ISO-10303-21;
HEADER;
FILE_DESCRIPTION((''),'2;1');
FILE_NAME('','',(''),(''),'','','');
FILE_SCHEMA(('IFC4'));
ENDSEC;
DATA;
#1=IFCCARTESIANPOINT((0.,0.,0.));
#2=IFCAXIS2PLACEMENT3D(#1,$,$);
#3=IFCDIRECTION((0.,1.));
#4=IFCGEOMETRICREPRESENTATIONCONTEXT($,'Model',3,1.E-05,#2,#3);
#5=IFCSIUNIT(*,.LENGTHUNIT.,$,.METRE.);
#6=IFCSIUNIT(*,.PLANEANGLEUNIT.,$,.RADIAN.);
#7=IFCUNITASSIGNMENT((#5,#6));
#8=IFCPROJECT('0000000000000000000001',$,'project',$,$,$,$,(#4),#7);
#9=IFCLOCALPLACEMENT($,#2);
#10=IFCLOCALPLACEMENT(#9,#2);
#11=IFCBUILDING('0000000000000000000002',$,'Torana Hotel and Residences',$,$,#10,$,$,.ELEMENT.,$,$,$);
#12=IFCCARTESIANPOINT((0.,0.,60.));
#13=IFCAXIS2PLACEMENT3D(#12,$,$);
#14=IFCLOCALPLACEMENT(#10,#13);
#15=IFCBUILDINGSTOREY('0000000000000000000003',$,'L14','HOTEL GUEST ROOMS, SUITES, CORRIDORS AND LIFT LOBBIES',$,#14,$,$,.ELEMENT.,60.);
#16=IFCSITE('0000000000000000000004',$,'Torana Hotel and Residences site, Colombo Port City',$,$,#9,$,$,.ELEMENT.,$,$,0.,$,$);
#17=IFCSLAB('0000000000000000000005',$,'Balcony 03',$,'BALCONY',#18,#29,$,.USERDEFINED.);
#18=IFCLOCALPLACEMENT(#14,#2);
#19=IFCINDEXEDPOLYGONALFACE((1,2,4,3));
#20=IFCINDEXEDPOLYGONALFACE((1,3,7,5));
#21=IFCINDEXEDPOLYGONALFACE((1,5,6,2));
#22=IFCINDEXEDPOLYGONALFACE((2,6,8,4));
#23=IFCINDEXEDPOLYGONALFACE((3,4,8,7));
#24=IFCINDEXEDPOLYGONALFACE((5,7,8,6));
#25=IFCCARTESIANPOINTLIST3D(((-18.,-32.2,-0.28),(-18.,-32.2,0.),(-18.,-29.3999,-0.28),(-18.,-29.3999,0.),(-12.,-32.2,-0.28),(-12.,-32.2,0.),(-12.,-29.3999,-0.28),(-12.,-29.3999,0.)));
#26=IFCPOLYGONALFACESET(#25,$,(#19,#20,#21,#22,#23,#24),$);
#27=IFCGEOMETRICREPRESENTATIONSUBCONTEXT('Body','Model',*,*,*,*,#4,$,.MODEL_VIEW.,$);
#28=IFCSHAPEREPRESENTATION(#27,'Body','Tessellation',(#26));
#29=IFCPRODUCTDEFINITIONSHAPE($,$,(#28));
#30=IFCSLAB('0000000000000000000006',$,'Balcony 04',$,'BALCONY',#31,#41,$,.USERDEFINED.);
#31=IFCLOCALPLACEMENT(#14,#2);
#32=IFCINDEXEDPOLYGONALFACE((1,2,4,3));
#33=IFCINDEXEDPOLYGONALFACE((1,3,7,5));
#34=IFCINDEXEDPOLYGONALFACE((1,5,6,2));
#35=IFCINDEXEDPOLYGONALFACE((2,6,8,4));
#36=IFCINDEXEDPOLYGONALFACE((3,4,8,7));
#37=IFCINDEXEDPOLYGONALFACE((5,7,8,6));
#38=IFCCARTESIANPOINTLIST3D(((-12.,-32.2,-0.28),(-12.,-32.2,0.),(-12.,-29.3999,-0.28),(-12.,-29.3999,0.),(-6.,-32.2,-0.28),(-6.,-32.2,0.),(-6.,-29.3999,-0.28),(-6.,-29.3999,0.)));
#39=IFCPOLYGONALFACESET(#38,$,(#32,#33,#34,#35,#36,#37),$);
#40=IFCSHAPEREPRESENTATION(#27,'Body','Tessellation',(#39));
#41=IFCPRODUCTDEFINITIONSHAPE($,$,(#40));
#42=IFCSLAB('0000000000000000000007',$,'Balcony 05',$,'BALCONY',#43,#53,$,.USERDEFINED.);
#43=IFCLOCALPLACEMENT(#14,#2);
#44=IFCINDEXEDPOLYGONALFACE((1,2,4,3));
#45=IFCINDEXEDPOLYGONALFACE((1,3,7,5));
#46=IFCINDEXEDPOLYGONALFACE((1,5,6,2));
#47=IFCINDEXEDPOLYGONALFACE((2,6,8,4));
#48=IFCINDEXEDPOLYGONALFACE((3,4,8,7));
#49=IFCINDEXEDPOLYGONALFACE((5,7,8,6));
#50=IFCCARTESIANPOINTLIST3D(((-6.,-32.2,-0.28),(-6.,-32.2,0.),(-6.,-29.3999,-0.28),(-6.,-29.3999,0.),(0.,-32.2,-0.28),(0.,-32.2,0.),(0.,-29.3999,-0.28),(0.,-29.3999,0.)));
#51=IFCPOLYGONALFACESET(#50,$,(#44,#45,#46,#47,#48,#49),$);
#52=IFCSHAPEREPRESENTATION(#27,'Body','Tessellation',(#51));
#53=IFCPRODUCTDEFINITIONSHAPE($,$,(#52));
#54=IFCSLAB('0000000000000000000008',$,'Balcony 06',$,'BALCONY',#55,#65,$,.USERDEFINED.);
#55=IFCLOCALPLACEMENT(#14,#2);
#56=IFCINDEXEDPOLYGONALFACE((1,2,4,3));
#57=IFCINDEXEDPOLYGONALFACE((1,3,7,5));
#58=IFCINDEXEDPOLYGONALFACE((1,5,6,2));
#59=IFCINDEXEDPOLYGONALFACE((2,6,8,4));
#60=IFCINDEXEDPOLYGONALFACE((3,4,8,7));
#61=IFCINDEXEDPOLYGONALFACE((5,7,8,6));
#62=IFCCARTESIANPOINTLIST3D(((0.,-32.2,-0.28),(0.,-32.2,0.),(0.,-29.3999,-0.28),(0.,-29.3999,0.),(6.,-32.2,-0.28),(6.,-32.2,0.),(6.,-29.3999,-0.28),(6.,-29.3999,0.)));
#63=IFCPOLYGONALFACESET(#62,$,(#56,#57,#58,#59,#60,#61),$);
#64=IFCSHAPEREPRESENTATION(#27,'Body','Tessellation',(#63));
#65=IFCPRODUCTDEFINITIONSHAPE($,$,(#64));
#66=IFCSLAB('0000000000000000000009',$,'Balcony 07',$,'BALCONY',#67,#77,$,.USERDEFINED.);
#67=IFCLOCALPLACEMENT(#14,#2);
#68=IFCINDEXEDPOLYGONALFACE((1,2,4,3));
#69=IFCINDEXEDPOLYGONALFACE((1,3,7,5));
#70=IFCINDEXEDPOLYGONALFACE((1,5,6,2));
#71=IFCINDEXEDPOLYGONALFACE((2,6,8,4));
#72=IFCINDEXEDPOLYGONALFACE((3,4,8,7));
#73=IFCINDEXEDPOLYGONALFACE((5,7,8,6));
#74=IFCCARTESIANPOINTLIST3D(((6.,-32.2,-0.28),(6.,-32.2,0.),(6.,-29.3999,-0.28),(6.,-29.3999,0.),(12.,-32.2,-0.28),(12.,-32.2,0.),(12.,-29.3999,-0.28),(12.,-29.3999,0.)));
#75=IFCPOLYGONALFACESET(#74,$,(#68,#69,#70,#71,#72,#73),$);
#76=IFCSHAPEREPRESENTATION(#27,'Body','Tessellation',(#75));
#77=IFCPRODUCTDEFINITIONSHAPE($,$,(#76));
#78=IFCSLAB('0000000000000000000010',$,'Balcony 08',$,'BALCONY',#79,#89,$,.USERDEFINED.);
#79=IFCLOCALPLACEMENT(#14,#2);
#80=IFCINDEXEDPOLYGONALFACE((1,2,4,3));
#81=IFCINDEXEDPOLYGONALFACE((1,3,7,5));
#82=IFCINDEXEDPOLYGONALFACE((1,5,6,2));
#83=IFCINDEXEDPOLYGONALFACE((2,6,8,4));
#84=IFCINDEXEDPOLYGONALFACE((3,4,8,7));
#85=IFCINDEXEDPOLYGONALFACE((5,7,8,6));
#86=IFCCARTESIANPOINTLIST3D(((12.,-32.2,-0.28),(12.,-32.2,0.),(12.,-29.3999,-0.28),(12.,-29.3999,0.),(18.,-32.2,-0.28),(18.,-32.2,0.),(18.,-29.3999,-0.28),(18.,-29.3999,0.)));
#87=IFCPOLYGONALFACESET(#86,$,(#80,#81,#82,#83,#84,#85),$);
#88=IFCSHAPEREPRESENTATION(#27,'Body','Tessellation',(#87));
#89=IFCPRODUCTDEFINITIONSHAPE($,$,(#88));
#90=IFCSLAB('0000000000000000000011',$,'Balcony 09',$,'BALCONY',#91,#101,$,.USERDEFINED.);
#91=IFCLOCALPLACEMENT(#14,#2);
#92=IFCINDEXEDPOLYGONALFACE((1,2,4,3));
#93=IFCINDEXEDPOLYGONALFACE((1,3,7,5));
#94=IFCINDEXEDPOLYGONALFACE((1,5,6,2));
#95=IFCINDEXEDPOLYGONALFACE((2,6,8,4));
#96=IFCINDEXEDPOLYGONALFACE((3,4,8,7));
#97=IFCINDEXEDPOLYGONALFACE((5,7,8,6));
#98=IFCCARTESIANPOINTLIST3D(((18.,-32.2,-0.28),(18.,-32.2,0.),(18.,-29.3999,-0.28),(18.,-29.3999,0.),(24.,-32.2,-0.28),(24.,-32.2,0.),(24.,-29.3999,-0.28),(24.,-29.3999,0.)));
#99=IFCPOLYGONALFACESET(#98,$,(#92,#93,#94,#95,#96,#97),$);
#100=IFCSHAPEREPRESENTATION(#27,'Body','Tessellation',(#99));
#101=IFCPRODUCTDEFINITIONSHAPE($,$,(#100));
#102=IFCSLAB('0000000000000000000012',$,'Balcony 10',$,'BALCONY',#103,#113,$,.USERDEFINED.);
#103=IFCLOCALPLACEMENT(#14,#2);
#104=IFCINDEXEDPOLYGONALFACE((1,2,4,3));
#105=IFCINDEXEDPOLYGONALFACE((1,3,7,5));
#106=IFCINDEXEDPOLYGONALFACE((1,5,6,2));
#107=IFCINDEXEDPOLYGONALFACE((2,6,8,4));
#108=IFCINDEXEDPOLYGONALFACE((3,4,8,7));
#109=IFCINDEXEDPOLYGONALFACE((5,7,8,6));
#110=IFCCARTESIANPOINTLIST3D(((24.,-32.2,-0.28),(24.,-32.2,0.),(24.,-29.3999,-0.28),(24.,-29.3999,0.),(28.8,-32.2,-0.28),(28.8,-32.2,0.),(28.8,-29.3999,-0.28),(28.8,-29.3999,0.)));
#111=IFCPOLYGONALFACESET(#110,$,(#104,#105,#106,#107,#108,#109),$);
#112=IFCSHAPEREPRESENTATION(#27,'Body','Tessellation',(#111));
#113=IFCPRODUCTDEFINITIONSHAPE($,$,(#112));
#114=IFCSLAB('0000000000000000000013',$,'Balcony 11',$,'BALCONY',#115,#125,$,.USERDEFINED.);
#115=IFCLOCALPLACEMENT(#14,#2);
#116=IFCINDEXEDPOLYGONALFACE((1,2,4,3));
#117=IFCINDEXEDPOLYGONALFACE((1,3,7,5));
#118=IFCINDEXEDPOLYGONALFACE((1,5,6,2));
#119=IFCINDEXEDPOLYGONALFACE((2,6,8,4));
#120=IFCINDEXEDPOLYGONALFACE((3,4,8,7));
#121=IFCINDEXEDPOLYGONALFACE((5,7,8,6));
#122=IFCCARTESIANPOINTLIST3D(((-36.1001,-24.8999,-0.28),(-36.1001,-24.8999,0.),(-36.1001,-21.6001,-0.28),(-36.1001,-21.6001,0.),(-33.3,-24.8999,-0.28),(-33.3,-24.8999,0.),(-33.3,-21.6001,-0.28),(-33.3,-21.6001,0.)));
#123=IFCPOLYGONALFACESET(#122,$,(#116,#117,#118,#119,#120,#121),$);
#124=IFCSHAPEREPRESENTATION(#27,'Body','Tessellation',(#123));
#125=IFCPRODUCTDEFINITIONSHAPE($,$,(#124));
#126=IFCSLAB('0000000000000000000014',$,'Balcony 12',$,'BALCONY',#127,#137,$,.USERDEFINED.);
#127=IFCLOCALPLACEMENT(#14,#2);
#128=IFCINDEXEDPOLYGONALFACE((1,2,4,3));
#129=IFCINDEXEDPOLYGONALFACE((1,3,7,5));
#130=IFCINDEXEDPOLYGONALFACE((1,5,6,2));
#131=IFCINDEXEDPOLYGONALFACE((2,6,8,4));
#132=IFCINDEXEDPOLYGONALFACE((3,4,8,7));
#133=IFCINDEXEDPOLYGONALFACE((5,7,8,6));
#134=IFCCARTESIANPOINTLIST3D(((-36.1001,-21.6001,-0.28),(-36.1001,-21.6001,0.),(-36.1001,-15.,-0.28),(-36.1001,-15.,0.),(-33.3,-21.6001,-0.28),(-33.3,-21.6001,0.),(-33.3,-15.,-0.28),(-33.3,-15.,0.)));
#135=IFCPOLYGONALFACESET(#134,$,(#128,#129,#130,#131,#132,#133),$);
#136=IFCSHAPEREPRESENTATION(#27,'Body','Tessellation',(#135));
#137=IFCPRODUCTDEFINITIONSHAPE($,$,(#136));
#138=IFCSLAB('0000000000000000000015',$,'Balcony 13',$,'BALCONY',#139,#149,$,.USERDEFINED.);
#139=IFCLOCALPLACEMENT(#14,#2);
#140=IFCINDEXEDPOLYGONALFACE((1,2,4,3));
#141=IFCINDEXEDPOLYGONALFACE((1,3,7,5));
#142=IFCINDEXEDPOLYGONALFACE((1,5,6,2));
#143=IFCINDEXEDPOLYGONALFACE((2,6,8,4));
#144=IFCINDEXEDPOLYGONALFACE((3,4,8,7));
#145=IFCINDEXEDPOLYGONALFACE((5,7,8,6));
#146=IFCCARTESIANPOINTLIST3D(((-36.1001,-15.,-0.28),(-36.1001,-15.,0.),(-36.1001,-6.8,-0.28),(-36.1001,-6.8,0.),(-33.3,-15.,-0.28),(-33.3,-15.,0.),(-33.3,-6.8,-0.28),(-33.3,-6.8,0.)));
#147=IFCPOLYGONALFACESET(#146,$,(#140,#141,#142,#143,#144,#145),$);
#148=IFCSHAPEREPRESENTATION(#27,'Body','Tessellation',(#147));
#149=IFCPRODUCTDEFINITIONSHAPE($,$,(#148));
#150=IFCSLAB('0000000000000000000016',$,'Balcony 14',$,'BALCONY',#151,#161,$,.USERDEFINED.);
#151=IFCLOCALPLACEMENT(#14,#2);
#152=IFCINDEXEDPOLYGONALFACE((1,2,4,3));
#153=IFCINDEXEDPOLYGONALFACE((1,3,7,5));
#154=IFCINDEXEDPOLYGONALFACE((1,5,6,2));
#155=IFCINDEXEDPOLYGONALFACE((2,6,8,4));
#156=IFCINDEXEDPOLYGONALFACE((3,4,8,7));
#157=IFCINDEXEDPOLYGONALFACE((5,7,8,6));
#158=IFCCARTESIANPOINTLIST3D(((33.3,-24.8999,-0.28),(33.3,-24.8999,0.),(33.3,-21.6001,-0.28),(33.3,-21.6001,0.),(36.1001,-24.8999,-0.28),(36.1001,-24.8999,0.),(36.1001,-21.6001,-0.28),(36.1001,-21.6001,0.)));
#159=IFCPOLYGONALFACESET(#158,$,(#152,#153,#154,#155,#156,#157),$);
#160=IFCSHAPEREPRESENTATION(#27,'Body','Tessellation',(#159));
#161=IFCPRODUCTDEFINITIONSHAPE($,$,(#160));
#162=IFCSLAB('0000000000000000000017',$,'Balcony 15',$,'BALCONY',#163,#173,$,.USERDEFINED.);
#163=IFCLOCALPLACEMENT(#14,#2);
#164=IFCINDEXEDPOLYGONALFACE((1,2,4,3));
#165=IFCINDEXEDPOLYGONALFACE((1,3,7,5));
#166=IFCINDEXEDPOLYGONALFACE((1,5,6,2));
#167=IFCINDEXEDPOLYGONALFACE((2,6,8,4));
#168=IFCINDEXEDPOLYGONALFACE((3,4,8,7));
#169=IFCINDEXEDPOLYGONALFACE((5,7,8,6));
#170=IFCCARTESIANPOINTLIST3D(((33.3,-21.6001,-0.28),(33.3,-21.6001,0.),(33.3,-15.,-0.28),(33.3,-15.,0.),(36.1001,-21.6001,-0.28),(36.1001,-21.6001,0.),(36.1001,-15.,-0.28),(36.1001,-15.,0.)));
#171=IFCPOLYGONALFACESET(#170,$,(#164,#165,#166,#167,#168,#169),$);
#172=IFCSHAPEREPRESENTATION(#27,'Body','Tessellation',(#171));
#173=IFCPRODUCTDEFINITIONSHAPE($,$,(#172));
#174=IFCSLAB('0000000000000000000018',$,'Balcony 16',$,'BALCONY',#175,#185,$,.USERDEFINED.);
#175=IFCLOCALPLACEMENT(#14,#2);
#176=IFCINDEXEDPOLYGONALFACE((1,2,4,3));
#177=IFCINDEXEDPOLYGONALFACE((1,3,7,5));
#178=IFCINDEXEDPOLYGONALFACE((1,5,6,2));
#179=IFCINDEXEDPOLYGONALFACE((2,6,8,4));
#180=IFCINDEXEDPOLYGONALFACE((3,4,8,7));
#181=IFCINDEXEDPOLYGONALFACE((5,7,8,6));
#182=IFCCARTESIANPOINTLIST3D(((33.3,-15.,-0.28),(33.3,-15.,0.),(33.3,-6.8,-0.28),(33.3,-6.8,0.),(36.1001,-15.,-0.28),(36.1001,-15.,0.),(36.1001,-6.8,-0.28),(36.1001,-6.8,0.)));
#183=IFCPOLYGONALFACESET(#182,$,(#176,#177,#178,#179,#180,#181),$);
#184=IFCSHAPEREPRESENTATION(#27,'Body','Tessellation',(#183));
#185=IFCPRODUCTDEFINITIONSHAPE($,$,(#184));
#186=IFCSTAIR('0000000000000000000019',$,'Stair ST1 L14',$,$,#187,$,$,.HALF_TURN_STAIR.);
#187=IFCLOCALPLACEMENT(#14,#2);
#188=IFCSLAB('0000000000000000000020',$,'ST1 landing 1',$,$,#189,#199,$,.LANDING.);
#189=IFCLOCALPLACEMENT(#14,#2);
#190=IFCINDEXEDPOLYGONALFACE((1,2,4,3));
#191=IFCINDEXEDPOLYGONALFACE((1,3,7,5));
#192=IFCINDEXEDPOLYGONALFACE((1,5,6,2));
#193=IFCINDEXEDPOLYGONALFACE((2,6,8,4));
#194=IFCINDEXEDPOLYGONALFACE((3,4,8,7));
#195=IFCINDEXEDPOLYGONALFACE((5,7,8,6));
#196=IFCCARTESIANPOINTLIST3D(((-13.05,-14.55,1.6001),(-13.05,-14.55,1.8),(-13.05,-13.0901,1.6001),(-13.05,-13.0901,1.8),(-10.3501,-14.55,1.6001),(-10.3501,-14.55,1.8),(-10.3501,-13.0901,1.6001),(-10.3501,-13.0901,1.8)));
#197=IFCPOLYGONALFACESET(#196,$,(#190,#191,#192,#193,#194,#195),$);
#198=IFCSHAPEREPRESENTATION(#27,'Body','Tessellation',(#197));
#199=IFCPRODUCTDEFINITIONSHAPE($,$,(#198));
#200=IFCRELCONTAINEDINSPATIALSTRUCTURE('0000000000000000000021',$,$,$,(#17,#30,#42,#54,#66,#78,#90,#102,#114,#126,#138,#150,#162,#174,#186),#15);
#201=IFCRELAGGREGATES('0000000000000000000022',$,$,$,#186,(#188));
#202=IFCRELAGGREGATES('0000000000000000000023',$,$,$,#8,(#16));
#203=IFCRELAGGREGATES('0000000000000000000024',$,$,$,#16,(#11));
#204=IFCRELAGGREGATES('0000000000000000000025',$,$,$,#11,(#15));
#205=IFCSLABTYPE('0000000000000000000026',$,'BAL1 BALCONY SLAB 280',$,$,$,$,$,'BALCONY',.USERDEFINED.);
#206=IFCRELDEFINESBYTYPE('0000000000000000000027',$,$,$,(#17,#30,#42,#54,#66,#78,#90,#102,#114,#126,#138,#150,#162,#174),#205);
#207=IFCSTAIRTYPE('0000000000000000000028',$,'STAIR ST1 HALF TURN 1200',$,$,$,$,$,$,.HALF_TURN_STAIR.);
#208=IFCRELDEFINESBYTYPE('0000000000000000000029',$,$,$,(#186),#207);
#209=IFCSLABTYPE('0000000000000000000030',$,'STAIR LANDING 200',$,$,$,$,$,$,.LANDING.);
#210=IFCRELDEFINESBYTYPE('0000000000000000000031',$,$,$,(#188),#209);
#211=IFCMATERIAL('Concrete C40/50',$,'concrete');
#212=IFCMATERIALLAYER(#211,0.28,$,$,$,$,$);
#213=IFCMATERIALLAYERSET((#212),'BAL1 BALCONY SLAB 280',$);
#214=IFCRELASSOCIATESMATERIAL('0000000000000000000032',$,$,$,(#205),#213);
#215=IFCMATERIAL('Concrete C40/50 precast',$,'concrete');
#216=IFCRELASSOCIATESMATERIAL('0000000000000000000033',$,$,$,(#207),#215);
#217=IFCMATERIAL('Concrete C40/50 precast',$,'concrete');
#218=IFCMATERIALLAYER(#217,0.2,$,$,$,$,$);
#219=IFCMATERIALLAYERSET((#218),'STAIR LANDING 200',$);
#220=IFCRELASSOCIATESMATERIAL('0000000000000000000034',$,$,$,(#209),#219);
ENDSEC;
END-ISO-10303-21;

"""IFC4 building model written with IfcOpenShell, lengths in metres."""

from ifc_helpers import new_model, si_unit, direction, frame, origin, place, context, subcontext, project, spatial, polyline, outline, extrude, material, layer, layer_set, type_object, element, aggregate, save


model = new_model("IFC4")

# Units and contexts
model_context = context("Model", 3, precision=1e-05, world=origin(), true_north=direction((0.0, 1.0)))
body_context = subcontext(model_context, "Body", "Model", "MODEL_VIEW")
ifc_project = project(units=[si_unit("LENGTHUNIT", "METRE"), si_unit("PLANEANGLEUNIT", "RADIAN")], contexts=[model_context])

# Site, building, storey
site_placement = place(None, origin())
site = spatial("IfcSite", under=ifc_project, at=site_placement, Name="Torana Hotel and Residences site, Colombo Port City", CompositionType="ELEMENT", RefElevation=0.0)
building_placement = place(site_placement, origin())
building = spatial("IfcBuilding", under=site, at=building_placement, Name="Torana Hotel and Residences", CompositionType="ELEMENT")
storey_placement = place(building_placement, frame((0.0, 0.0, 60.0)))
storey = spatial("IfcBuildingStorey", under=building, at=storey_placement, Name="L14", Description="HOTEL GUEST ROOMS, SUITES, CORRIDORS AND LIFT LOBBIES", CompositionType="ELEMENT", Elevation=60.0)

# Slabs
ifc_material_1 = material(Name="Concrete C40/50", Category="concrete")
ifc_layer_1 = layer(ifc_material_1, 0.28)
ifc_layer_set_1 = layer_set([ifc_layer_1], Name="BAL1 BALCONY SLAB 280")
slab_type_1 = type_object("IfcSlabType", Name="BAL1 BALCONY SLAB 280", ElementType="BALCONY", PredefinedType="USERDEFINED", material=ifc_layer_set_1)
slab_1_placement = place(storey_placement, frame((0.0, 0.0, -0.28)))
element("IfcSlab", 1, at=slab_1_placement, inside=storey, type_object=slab_type_1, Name="Balcony 03", ObjectType="BALCONY", PredefinedType="USERDEFINED", context=body_context, shape_type="SweptSolid", body=[
    extrude(outline(polyline([(-18.0, -32.2), (-12.0, -32.2), (-12.0, -29.3999), (-18.0, -29.3999), (-18.0, -32.2)])), origin(), (0.0, 0.0, 1.0), 0.28),
])
slab_2_placement = place(storey_placement, frame((0.0, 0.0, -0.28)))
element("IfcSlab", 2, at=slab_2_placement, inside=storey, type_object=slab_type_1, Name="Balcony 04", ObjectType="BALCONY", PredefinedType="USERDEFINED", context=body_context, shape_type="SweptSolid", body=[
    extrude(outline(polyline([(-12.0, -32.2), (-6.0, -32.2), (-6.0, -29.3999), (-12.0, -29.3999), (-12.0, -32.2)])), origin(), (0.0, 0.0, 1.0), 0.28),
])
slab_3_placement = place(storey_placement, frame((0.0, 0.0, -0.28)))
element("IfcSlab", 3, at=slab_3_placement, inside=storey, type_object=slab_type_1, Name="Balcony 05", ObjectType="BALCONY", PredefinedType="USERDEFINED", context=body_context, shape_type="SweptSolid", body=[
    extrude(outline(polyline([(-6.0, -32.2), (0.0, -32.2), (0.0, -29.3999), (-6.0, -29.3999), (-6.0, -32.2)])), origin(), (0.0, 0.0, 1.0), 0.28),
])
slab_4_placement = place(storey_placement, frame((0.0, 0.0, -0.28)))
element("IfcSlab", 4, at=slab_4_placement, inside=storey, type_object=slab_type_1, Name="Balcony 06", ObjectType="BALCONY", PredefinedType="USERDEFINED", context=body_context, shape_type="SweptSolid", body=[
    extrude(outline(polyline([(0.0, -32.2), (6.0, -32.2), (6.0, -29.3999), (0.0, -29.3999), (0.0, -32.2)])), origin(), (0.0, 0.0, 1.0), 0.28),
])
slab_5_placement = place(storey_placement, frame((0.0, 0.0, -0.28)))
element("IfcSlab", 5, at=slab_5_placement, inside=storey, type_object=slab_type_1, Name="Balcony 07", ObjectType="BALCONY", PredefinedType="USERDEFINED", context=body_context, shape_type="SweptSolid", body=[
    extrude(outline(polyline([(6.0, -32.2), (12.0, -32.2), (12.0, -29.3999), (6.0, -29.3999), (6.0, -32.2)])), origin(), (0.0, 0.0, 1.0), 0.28),
])
slab_6_placement = place(storey_placement, frame((0.0, 0.0, -0.28)))
element("IfcSlab", 6, at=slab_6_placement, inside=storey, type_object=slab_type_1, Name="Balcony 08", ObjectType="BALCONY", PredefinedType="USERDEFINED", context=body_context, shape_type="SweptSolid", body=[
    extrude(outline(polyline([(12.0, -32.2), (18.0, -32.2), (18.0, -29.3999), (12.0, -29.3999), (12.0, -32.2)])), origin(), (0.0, 0.0, 1.0), 0.28),
])
slab_7_placement = place(storey_placement, frame((0.0, 0.0, -0.28)))
element("IfcSlab", 7, at=slab_7_placement, inside=storey, type_object=slab_type_1, Name="Balcony 09", ObjectType="BALCONY", PredefinedType="USERDEFINED", context=body_context, shape_type="SweptSolid", body=[
    extrude(outline(polyline([(18.0, -32.2), (24.0, -32.2), (24.0, -29.3999), (18.0, -29.3999), (18.0, -32.2)])), origin(), (0.0, 0.0, 1.0), 0.28),
])
slab_8_placement = place(storey_placement, frame((0.0, 0.0, -0.28)))
element("IfcSlab", 8, at=slab_8_placement, inside=storey, type_object=slab_type_1, Name="Balcony 10", ObjectType="BALCONY", PredefinedType="USERDEFINED", context=body_context, shape_type="SweptSolid", body=[
    extrude(outline(polyline([(24.0, -32.2), (28.8, -32.2), (28.8, -29.3999), (24.0, -29.3999), (24.0, -32.2)])), origin(), (0.0, 0.0, 1.0), 0.28),
])
slab_9_placement = place(storey_placement, frame((0.0, 0.0, -0.28)))
element("IfcSlab", 9, at=slab_9_placement, inside=storey, type_object=slab_type_1, Name="Balcony 11", ObjectType="BALCONY", PredefinedType="USERDEFINED", context=body_context, shape_type="SweptSolid", body=[
    extrude(outline(polyline([(-36.1001, -24.8999), (-33.3, -24.8999), (-33.3, -21.6001), (-36.1001, -21.6001), (-36.1001, -24.8999)])), origin(), (0.0, 0.0, 1.0), 0.28),
])
slab_10_placement = place(storey_placement, frame((0.0, 0.0, -0.28)))
element("IfcSlab", 10, at=slab_10_placement, inside=storey, type_object=slab_type_1, Name="Balcony 12", ObjectType="BALCONY", PredefinedType="USERDEFINED", context=body_context, shape_type="SweptSolid", body=[
    extrude(outline(polyline([(-36.1001, -21.6001), (-33.3, -21.6001), (-33.3, -15.0), (-36.1001, -15.0), (-36.1001, -21.6001)])), origin(), (0.0, 0.0, 1.0), 0.28),
])
slab_11_placement = place(storey_placement, frame((0.0, 0.0, -0.28)))
element("IfcSlab", 11, at=slab_11_placement, inside=storey, type_object=slab_type_1, Name="Balcony 13", ObjectType="BALCONY", PredefinedType="USERDEFINED", context=body_context, shape_type="SweptSolid", body=[
    extrude(outline(polyline([(-36.1001, -15.0), (-33.3, -15.0), (-33.3, -6.8), (-36.1001, -6.8), (-36.1001, -15.0)])), origin(), (0.0, 0.0, 1.0), 0.28),
])
slab_12_placement = place(storey_placement, frame((0.0, 0.0, -0.28)))
element("IfcSlab", 12, at=slab_12_placement, inside=storey, type_object=slab_type_1, Name="Balcony 14", ObjectType="BALCONY", PredefinedType="USERDEFINED", context=body_context, shape_type="SweptSolid", body=[
    extrude(outline(polyline([(33.3, -24.8999), (36.1001, -24.8999), (36.1001, -21.6001), (33.3, -21.6001), (33.3, -24.8999)])), origin(), (0.0, 0.0, 1.0), 0.28),
])
slab_13_placement = place(storey_placement, frame((0.0, 0.0, -0.28)))
element("IfcSlab", 13, at=slab_13_placement, inside=storey, type_object=slab_type_1, Name="Balcony 15", ObjectType="BALCONY", PredefinedType="USERDEFINED", context=body_context, shape_type="SweptSolid", body=[
    extrude(outline(polyline([(33.3, -21.6001), (36.1001, -21.6001), (36.1001, -15.0), (33.3, -15.0), (33.3, -21.6001)])), origin(), (0.0, 0.0, 1.0), 0.28),
])
slab_14_placement = place(storey_placement, frame((0.0, 0.0, -0.28)))
element("IfcSlab", 14, at=slab_14_placement, inside=storey, type_object=slab_type_1, Name="Balcony 16", ObjectType="BALCONY", PredefinedType="USERDEFINED", context=body_context, shape_type="SweptSolid", body=[
    extrude(outline(polyline([(33.3, -15.0), (36.1001, -15.0), (36.1001, -6.8), (33.3, -6.8), (33.3, -15.0)])), origin(), (0.0, 0.0, 1.0), 0.28),
])

# Stair, slab
ifc_material_2 = material(Name="Concrete C40/50 precast", Category="concrete")
stair_type_1 = type_object("IfcStairType", Name="STAIR ST1 HALF TURN 1200", PredefinedType="HALF_TURN_STAIR", material=ifc_material_2)
stair_1_placement = place(storey_placement, origin())
stair_1 = element("IfcStair", 15, at=stair_1_placement, inside=storey, type_object=stair_type_1, Name="Stair ST1 L14", PredefinedType="HALF_TURN_STAIR")
ifc_material_3 = material(Name="Concrete C40/50 precast", Category="concrete")
ifc_layer_2 = layer(ifc_material_3, 0.2)
ifc_layer_set_2 = layer_set([ifc_layer_2], Name="STAIR LANDING 200")
slab_type_2 = type_object("IfcSlabType", Name="STAIR LANDING 200", PredefinedType="LANDING", material=ifc_layer_set_2)
slab_15_placement = place(storey_placement, frame((0.0, 0.0, 1.6001)))
slab_15 = element("IfcSlab", 16, at=slab_15_placement, type_object=slab_type_2, Name="ST1 landing 1", PredefinedType="LANDING", context=body_context, shape_type="SweptSolid", body=[
    extrude(outline(polyline([(-13.05, -14.55), (-10.3501, -14.55), (-10.3501, -13.0901), (-13.05, -13.0901), (-13.05, -14.55)])), origin(), (0.0, 0.0, 1.0), 0.2),
])
aggregate(stair_1, [slab_15])

save(model, "model.ifc")
